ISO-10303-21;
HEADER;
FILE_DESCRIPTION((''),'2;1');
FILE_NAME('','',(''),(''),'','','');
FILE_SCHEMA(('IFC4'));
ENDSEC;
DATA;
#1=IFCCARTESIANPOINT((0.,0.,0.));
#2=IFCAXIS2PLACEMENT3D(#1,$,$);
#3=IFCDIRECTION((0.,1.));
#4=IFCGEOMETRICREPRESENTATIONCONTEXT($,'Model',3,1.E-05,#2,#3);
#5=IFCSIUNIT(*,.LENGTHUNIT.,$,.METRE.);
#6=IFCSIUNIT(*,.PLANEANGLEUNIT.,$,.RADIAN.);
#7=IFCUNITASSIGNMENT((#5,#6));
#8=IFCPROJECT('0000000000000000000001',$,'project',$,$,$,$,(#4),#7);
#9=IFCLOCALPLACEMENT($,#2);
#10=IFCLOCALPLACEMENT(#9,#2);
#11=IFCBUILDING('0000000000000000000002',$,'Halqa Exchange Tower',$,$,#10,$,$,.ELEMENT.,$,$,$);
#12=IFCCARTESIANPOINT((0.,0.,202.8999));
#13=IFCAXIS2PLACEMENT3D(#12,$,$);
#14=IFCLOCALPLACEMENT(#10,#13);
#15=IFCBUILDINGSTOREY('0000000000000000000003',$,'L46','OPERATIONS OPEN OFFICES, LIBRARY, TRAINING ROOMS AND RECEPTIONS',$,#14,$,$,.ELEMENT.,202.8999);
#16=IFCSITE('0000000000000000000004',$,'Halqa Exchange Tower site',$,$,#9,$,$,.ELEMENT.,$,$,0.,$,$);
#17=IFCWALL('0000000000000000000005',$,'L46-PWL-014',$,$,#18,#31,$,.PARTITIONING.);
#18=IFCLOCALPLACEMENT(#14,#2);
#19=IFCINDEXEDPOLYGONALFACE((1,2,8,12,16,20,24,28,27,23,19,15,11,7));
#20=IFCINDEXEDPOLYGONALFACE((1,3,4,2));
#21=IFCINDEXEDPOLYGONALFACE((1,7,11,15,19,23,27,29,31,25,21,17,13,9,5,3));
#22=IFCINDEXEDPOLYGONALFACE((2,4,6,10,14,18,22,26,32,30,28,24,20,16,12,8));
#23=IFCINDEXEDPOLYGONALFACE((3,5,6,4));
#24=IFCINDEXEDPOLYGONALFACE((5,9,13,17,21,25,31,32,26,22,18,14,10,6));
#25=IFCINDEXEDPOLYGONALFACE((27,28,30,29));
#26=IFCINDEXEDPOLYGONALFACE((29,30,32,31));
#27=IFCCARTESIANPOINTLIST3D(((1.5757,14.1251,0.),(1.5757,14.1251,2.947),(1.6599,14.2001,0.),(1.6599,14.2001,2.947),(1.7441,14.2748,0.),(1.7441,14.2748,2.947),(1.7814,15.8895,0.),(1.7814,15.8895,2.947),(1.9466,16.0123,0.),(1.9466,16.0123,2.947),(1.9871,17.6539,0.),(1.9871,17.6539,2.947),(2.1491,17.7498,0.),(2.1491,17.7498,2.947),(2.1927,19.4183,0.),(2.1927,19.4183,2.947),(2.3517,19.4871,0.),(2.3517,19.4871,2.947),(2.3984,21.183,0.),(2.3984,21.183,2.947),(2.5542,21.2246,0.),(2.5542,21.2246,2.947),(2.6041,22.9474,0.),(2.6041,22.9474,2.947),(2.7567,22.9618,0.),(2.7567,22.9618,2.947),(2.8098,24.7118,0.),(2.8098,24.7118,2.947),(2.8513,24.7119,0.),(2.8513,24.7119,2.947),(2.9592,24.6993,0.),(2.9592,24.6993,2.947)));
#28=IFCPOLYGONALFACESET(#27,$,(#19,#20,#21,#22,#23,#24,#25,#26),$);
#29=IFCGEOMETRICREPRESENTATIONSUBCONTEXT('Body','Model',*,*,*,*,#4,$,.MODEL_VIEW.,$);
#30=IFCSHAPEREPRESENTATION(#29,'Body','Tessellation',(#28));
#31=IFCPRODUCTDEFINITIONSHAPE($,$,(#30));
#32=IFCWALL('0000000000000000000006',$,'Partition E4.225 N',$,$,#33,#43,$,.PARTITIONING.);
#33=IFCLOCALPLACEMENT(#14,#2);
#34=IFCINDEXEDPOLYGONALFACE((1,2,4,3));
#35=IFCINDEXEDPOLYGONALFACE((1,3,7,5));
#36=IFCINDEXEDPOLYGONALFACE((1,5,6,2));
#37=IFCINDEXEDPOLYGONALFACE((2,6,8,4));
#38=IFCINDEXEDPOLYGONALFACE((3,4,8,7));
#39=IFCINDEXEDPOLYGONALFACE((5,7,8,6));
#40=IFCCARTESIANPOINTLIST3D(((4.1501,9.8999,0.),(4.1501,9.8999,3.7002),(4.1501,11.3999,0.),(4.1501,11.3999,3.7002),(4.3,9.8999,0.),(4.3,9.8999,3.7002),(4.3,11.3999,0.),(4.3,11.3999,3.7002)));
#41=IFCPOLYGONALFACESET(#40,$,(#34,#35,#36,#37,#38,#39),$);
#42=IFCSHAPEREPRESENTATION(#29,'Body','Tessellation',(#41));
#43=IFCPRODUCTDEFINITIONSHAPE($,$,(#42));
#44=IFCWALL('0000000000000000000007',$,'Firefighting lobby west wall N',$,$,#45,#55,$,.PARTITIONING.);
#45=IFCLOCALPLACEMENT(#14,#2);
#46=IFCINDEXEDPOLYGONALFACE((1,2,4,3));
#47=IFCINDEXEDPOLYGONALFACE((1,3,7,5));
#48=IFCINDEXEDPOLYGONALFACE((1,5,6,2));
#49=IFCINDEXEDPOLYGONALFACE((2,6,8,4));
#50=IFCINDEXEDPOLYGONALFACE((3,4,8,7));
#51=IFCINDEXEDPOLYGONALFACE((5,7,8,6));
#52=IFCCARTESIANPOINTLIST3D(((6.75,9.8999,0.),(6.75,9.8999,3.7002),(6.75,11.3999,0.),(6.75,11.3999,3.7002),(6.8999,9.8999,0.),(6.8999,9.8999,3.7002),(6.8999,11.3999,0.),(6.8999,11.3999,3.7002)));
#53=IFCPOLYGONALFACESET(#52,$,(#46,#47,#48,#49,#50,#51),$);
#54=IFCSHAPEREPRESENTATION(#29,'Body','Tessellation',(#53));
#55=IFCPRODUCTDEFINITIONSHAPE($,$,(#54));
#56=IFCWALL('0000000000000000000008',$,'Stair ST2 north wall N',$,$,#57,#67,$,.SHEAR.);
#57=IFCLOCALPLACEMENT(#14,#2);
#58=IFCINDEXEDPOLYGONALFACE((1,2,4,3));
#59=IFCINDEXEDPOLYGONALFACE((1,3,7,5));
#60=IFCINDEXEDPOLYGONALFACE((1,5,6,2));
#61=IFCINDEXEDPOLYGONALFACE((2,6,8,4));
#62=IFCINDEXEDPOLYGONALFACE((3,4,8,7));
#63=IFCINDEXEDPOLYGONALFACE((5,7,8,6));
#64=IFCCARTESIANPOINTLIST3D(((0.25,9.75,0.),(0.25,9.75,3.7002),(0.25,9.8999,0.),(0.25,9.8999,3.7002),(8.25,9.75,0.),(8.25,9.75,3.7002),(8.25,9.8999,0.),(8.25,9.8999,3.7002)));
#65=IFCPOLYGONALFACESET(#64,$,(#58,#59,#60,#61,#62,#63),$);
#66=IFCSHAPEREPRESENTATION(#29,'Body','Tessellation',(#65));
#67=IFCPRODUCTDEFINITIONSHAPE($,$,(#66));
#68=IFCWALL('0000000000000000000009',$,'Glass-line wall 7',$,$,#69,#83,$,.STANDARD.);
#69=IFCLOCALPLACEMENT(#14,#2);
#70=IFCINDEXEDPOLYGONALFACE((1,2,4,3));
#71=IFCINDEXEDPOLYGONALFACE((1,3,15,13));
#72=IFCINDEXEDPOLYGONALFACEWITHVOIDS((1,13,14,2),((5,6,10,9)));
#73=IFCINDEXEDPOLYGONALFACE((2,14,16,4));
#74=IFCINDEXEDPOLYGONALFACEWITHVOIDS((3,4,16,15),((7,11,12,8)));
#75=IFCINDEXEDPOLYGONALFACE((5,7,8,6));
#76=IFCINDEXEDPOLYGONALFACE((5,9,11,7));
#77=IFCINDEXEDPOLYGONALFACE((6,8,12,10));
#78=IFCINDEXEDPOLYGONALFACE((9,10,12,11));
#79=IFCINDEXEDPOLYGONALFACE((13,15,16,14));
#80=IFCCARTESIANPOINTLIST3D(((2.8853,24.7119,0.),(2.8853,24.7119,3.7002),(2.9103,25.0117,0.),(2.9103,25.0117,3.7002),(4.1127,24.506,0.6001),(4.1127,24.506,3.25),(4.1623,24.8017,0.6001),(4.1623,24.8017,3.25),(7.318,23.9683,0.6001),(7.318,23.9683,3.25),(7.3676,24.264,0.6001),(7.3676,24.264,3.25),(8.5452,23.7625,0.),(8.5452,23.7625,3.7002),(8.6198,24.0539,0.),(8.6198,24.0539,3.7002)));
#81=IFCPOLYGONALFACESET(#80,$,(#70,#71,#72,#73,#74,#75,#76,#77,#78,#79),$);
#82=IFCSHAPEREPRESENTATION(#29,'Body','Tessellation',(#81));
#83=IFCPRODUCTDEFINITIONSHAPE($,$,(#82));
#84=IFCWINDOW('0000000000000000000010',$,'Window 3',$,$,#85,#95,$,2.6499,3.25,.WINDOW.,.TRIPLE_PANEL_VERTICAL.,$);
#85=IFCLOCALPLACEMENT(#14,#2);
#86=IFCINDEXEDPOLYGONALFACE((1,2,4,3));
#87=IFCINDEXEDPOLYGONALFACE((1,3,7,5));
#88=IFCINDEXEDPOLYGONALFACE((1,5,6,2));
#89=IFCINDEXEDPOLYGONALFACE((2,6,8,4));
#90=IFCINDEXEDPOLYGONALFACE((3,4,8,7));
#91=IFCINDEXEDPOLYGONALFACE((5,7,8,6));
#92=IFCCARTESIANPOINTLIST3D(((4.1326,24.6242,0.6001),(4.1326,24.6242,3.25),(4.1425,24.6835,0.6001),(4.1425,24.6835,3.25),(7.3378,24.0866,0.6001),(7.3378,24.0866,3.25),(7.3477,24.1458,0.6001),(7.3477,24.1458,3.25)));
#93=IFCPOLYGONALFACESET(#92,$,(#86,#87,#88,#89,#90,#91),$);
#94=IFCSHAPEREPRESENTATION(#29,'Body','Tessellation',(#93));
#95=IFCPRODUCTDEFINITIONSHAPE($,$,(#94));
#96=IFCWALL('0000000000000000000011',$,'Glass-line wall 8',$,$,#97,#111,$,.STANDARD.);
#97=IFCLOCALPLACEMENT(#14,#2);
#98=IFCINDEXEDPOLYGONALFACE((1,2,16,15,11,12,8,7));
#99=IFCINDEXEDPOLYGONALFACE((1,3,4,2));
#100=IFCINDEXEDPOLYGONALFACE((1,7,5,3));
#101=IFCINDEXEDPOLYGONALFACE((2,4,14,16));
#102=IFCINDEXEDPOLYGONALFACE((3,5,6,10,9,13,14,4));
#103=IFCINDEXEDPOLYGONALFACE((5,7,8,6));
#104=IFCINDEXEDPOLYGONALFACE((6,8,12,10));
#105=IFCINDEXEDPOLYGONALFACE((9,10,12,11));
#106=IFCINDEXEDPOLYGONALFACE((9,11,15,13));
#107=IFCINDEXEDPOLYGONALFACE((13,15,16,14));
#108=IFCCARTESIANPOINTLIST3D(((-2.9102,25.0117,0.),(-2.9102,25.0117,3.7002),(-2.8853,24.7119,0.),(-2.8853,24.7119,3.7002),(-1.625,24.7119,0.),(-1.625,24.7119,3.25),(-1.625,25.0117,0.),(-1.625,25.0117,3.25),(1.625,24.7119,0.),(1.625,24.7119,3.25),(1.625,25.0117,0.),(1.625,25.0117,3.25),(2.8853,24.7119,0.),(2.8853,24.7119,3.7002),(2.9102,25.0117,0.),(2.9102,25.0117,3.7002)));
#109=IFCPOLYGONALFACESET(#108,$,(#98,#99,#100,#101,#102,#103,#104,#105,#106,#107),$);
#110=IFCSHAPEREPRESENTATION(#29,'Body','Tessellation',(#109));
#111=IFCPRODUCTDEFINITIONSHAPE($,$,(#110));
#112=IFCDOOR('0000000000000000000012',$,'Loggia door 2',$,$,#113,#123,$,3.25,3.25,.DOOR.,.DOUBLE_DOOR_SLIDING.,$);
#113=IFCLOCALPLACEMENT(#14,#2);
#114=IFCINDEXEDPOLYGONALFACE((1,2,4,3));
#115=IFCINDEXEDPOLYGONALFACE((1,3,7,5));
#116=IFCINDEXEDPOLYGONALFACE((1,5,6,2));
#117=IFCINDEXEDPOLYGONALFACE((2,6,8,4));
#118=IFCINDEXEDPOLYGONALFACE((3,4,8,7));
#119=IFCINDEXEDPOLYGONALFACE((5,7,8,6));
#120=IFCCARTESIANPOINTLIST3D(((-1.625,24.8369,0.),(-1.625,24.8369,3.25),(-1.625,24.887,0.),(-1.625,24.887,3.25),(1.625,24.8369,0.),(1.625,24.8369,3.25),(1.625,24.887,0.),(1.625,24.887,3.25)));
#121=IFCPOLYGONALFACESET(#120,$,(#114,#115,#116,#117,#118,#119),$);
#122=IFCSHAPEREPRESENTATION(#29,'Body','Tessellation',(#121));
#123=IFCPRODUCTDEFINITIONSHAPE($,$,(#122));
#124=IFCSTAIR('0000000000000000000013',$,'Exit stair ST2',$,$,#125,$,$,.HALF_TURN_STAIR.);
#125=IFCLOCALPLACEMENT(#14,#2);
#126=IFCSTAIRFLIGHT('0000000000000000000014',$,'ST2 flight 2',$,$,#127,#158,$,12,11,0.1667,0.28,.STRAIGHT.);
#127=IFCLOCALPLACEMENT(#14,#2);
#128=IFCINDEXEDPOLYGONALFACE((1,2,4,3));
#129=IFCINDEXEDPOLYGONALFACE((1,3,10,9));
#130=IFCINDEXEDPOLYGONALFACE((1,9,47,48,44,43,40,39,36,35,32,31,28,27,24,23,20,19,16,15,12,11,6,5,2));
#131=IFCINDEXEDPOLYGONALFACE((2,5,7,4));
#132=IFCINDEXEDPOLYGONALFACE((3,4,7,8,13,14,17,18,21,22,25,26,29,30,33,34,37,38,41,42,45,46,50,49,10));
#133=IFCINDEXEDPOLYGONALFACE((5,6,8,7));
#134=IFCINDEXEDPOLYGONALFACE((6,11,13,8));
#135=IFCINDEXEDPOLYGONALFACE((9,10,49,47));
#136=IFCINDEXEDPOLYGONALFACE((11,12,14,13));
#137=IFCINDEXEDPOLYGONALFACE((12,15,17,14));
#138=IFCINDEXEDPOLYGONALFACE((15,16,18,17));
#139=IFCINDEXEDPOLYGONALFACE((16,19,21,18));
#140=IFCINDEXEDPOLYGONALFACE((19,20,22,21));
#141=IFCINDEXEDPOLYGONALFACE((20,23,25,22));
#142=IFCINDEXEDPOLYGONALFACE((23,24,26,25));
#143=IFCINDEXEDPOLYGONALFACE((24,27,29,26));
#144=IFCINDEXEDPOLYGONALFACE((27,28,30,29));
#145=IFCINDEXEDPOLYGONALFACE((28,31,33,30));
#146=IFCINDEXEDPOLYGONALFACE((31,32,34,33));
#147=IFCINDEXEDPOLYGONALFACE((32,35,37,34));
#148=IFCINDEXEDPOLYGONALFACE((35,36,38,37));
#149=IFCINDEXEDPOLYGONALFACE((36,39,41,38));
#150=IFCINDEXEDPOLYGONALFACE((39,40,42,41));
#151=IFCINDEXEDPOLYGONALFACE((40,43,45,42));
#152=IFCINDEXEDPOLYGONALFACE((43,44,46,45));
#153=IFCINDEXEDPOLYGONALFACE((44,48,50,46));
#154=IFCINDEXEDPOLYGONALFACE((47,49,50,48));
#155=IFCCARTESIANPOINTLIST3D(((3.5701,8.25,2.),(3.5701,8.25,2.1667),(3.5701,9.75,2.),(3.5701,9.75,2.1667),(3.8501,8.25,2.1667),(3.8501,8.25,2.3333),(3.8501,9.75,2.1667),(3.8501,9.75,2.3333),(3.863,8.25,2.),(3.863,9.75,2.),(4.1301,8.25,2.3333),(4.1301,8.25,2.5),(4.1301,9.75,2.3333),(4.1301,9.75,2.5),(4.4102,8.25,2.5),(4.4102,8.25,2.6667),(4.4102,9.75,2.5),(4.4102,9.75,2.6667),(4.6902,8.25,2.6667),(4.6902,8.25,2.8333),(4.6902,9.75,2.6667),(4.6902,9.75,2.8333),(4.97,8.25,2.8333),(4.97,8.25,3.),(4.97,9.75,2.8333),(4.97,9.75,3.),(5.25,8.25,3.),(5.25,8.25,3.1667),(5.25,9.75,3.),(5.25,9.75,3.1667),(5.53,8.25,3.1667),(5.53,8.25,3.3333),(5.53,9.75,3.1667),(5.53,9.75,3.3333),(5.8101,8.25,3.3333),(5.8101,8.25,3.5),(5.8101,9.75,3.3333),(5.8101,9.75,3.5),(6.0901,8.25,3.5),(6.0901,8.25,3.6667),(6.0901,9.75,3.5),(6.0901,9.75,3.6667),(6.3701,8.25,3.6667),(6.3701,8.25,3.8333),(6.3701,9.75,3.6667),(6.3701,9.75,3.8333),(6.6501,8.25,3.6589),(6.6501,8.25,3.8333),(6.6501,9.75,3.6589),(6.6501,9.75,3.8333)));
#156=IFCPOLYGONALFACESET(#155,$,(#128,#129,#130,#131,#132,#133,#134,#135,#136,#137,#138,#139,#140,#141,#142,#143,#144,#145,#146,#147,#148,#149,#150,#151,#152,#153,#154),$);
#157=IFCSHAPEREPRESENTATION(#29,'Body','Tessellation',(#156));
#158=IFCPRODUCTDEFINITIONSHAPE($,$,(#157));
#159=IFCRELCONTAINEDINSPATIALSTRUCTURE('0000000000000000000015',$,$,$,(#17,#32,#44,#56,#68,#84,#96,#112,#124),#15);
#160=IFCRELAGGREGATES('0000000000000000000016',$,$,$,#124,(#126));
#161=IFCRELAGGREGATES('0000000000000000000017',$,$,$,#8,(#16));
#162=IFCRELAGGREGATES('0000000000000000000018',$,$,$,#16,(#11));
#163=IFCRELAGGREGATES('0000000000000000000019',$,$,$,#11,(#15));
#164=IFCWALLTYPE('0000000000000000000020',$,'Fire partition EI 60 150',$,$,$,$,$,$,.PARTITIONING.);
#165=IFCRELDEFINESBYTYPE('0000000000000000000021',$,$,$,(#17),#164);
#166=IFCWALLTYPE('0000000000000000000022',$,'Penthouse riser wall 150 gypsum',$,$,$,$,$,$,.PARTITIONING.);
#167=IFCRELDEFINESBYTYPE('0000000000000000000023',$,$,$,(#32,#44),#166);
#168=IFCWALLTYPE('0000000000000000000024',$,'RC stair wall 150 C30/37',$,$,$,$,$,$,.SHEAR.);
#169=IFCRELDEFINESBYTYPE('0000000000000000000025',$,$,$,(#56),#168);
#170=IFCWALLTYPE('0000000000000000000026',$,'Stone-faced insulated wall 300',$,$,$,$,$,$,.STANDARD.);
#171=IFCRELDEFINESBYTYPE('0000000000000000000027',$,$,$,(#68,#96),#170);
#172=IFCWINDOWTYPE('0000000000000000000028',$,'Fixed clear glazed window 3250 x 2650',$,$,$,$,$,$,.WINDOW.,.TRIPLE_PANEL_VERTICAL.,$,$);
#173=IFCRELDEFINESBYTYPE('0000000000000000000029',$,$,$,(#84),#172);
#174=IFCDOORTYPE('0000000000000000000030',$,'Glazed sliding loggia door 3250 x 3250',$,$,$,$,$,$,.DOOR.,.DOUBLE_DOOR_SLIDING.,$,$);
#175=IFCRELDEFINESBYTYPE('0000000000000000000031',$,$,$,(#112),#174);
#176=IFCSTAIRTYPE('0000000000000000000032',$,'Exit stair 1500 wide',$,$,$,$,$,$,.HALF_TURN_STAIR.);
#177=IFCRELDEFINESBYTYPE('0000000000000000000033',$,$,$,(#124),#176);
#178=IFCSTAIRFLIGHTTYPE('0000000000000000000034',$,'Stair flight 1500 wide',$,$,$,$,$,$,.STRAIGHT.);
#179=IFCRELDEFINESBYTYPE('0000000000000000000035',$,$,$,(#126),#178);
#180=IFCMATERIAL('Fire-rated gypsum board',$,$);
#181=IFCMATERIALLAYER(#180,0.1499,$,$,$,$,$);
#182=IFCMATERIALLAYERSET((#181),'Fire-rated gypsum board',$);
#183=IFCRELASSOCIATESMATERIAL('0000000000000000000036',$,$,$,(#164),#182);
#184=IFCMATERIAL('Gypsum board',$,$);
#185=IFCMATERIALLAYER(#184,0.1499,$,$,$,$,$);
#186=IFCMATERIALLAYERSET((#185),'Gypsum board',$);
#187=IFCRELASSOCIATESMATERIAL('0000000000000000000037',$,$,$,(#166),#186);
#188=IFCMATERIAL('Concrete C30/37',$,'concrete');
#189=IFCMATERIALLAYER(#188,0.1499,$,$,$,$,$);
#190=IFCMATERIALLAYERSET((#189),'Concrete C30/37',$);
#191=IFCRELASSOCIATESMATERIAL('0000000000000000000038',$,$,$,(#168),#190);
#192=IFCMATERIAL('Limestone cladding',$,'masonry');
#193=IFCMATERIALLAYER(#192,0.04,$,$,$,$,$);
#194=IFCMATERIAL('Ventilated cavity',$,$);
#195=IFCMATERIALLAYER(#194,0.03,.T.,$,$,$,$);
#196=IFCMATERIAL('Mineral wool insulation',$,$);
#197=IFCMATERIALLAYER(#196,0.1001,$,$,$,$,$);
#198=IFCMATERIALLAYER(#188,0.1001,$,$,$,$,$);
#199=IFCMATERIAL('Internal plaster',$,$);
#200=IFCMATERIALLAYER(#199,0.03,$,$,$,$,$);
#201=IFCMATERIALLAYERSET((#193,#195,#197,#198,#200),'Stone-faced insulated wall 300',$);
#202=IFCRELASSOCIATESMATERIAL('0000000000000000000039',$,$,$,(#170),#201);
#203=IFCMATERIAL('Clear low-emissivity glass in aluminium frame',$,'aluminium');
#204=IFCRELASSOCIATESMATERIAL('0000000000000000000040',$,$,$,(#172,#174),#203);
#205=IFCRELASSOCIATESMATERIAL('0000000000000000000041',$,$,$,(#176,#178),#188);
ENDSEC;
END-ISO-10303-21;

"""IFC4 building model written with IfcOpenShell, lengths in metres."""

from ifc_helpers import new_model, si_unit, direction, frame, frame_2d, origin, place, context, subcontext, project, spatial, polyline, rectangle, outline, extrude, material, layer, layer_set, type_object, element, fill, aggregate, save


model = new_model("IFC4")

# Units and contexts
model_context = context("Model", 3, precision=1e-05, world=origin(), true_north=direction((0.0, 1.0)))
body_context = subcontext(model_context, "Body", "Model", "MODEL_VIEW")
ifc_project = project(units=[si_unit("LENGTHUNIT", "METRE"), si_unit("PLANEANGLEUNIT", "RADIAN")], contexts=[model_context])

# Site, building, storey
site_placement = place(None, origin())
site = spatial("IfcSite", under=ifc_project, at=site_placement, Name="Halqa Exchange Tower site", CompositionType="ELEMENT", RefElevation=0.0)
building_placement = place(site_placement, origin())
building = spatial("IfcBuilding", under=site, at=building_placement, Name="Halqa Exchange Tower", CompositionType="ELEMENT")
storey_placement = place(building_placement, frame((0.0, 0.0, 202.8999)))
storey = spatial("IfcBuildingStorey", under=building, at=storey_placement, Name="L46", Description="OPERATIONS OPEN OFFICES, LIBRARY, TRAINING ROOMS AND RECEPTIONS", CompositionType="ELEMENT", Elevation=202.8999)

# Shared definitions
ifc_material_1 = material(Name="Fire-rated gypsum board")
ifc_layer_1 = layer(ifc_material_1, 0.1499)
ifc_layer_set_1 = layer_set([ifc_layer_1], Name="Fire-rated gypsum board")
wall_type_1 = type_object("IfcWallType", Name="Fire partition EI 60 150", PredefinedType="PARTITIONING", material=ifc_layer_set_1)

# Walls
wall_1_placement = place(storey_placement, frame((2.8848, 24.708, 0.0), z_axis=(0.0, 0.0, 1.0), x_axis=(-0.11578, -0.993275, 0.0)))
element("IfcWall", 1, at=wall_1_placement, inside=storey, type_object=wall_type_1, Name="L46-PWL-014", PredefinedType="PARTITIONING", context=body_context, shape_type="SweptSolid", body=[
    extrude(outline(polyline([(0.0049, -0.075), (1.7812, -0.075), (3.5576, -0.075), (5.3342, -0.075), (7.1106, -0.075), (8.887, -0.075), (10.6633, -0.075), (10.5791, 0.0), (10.4951, 0.075), (8.7458, 0.075), (6.9966, 0.075), (5.2476, 0.075), (3.4983, 0.075), (1.7493, 0.075), (0.0, 0.075), (0.0, -0.0337), (0.0049, -0.075)])), origin(), (0.0, 0.0, 1.0), 2.947),
])
ifc_material_2 = material(Name="Gypsum board")
ifc_layer_2 = layer(ifc_material_2, 0.1499)
ifc_layer_set_2 = layer_set([ifc_layer_2], Name="Gypsum board")
wall_type_2 = type_object("IfcWallType", Name="Penthouse riser wall 150 gypsum", PredefinedType="PARTITIONING", material=ifc_layer_set_2)
for number, where, z_axis, x_axis, name in (
    (2, (4.2251, 9.8999, 0.0), (0.0, 0.0, 1.0), (0.0, 1.0, 0.0), "Partition E4.225 N"),
    (3, (6.825, 9.8999, 0.0), (0.0, 0.0, 1.0), (0.0, 1.0, 0.0), "Firefighting lobby west wall N"),
):
    element("IfcWall", number, at=place(storey_placement, frame(where, z_axis=z_axis, x_axis=x_axis)), inside=storey, type_object=wall_type_2, Name=name, PredefinedType="PARTITIONING", context=body_context, shape_type="SweptSolid", body=[
        extrude(rectangle(XDim=1.5, YDim=0.1499, at=frame_2d((0.75, 0.0))), origin(), (0.0, 0.0, 1.0), 3.7002),
    ])
ifc_material_3 = material(Name="Concrete C30/37", Category="concrete")
ifc_layer_3 = layer(ifc_material_3, 0.1499)
ifc_layer_set_3 = layer_set([ifc_layer_3], Name="Concrete C30/37")
wall_type_3 = type_object("IfcWallType", Name="RC stair wall 150 C30/37", PredefinedType="SHEAR", material=ifc_layer_set_3)
wall_2_placement = place(storey_placement, frame((0.25, 9.825, 0.0), z_axis=(0.0, 0.0, 1.0), x_axis=(1.0, 0.0, 0.0)))
element("IfcWall", 4, at=wall_2_placement, inside=storey, type_object=wall_type_3, Name="Stair ST2 north wall N", PredefinedType="SHEAR", context=body_context, shape_type="SweptSolid", body=[
    extrude(rectangle(XDim=8.0, YDim=0.1499, at=frame_2d((4.0, 0.0))), origin(), (0.0, 0.0, 1.0), 3.7002),
])

# Wall, opening, window
ifc_material_4 = material(Name="Limestone cladding", Category="masonry")
ifc_layer_4 = layer(ifc_material_4, 0.04)
ifc_material_5 = material(Name="Ventilated cavity")
ifc_layer_5 = layer(ifc_material_5, 0.03, ventilated=True)
ifc_material_6 = material(Name="Mineral wool insulation")
ifc_layer_6 = layer(ifc_material_6, 0.1001)
ifc_layer_7 = layer(ifc_material_3, 0.1001)
ifc_material_7 = material(Name="Internal plaster")
ifc_layer_8 = layer(ifc_material_7, 0.03)
ifc_layer_set_4 = layer_set([ifc_layer_4, ifc_layer_5, ifc_layer_6, ifc_layer_7, ifc_layer_8], Name="Stone-faced insulated wall 300")
wall_type_4 = type_object("IfcWallType", Name="Stone-faced insulated wall 300", PredefinedType="STANDARD", material=ifc_layer_set_4)
wall_3_placement = place(storey_placement, frame((8.5825, 23.9082, 0.0), z_axis=(0.0, 0.0, 1.0), x_axis=(-0.986221, 0.165436, 0.0)))
wall_3 = element("IfcWall", 5, at=wall_3_placement, inside=storey, type_object=wall_type_4, Name="Glass-line wall 7", PredefinedType="STANDARD", context=body_context, shape_type="SweptSolid", body=[
    extrude(outline(polyline([(-0.0127, -0.1499), (5.7766, -0.1499), (5.7517, 0.1499), (0.0127, 0.1499), (-0.0127, -0.1499)])), origin(), (0.0, 0.0, 1.0), 3.7002),
])
opening_1_placement = place(wall_3_placement, frame((1.2571, 0.0, 0.6001)))
opening_1 = element("IfcOpeningElement", 6, at=opening_1_placement, cuts=wall_3, PredefinedType="OPENING", context=body_context, shape_type="SweptSolid", body=[
    extrude(rectangle(XDim=3.25, YDim=2.6499, at=frame_2d((1.625, 1.325))), frame((0.0, 0.1621, 0.0), z_axis=(0.0, -1.0, 0.0), x_axis=(1.0, 0.0, 0.0)), (0.0, 0.0, 1.0), 0.324),
])
ifc_material_8 = material(Name="Clear low-emissivity glass in aluminium frame", Category="aluminium")
window_type = type_object("IfcWindowType", Name="Fixed clear glazed window 3250 x 2650", PartitioningType="TRIPLE_PANEL_VERTICAL", PredefinedType="WINDOW", material=ifc_material_8)
window_placement = place(opening_1_placement, origin())
window = element("IfcWindow", 7, at=window_placement, inside=storey, type_object=window_type, Name="Window 3", OverallHeight=2.6499, OverallWidth=3.25, PartitioningType="TRIPLE_PANEL_VERTICAL", PredefinedType="WINDOW", context=body_context, shape_type="SweptSolid", body=[
    extrude(rectangle(XDim=3.25, YDim=2.6499, at=frame_2d((1.625, 1.325))), frame((0.0, 0.03, 0.0), z_axis=(0.0, -1.0, 0.0), x_axis=(1.0, 0.0, 0.0)), (0.0, 0.0, 1.0), 0.0601),
])
fill(opening_1, window)

# Wall, opening, door
wall_4_placement = place(storey_placement, frame((2.8977, 24.8618, 0.0), z_axis=(0.0, 0.0, 1.0), x_axis=(-1.0, 0.0, 0.0)))
wall_4 = element("IfcWall", 8, at=wall_4_placement, inside=storey, type_object=wall_type_4, Name="Glass-line wall 8", PredefinedType="STANDARD", context=body_context, shape_type="SweptSolid", body=[
    extrude(outline(polyline([(-0.0125, -0.1499), (5.8079, -0.1499), (5.783, 0.1499), (0.0125, 0.1499), (-0.0125, -0.1499)])), origin(), (0.0, 0.0, 1.0), 3.7002),
])
opening_2_placement = place(wall_4_placement, frame((1.2727, 0.0, 0.0)))
opening_2 = element("IfcOpeningElement", 9, at=opening_2_placement, cuts=wall_4, PredefinedType="OPENING", context=body_context, shape_type="SweptSolid", body=[
    extrude(rectangle(XDim=3.25, YDim=3.25, at=frame_2d((1.625, 1.625))), frame((0.0, 0.1621, 0.0), z_axis=(0.0, -1.0, 0.0), x_axis=(1.0, 0.0, 0.0)), (0.0, 0.0, 1.0), 0.324),
])
door_type_1 = type_object("IfcDoorType", Name="Glazed sliding loggia door 3250 x 3250", OperationType="DOUBLE_DOOR_SLIDING", PredefinedType="DOOR", material=ifc_material_8)
door_1_placement = place(opening_2_placement, origin())
door_1 = element("IfcDoor", 10, at=door_1_placement, inside=storey, type_object=door_type_1, Name="Loggia door 2", OperationType="DOUBLE_DOOR_SLIDING", OverallHeight=3.25, OverallWidth=3.25, PredefinedType="DOOR", context=body_context, shape_type="SweptSolid", body=[
    extrude(rectangle(XDim=3.25, YDim=3.25, at=frame_2d((1.625, 1.625))), frame((0.0, 0.0249, 0.0), z_axis=(0.0, -1.0, 0.0), x_axis=(1.0, 0.0, 0.0)), (0.0, 0.0, 1.0), 0.05),
])
fill(opening_2, door_1)

# Stair, stair flight
stair_type = type_object("IfcStairType", Name="Exit stair 1500 wide", PredefinedType="HALF_TURN_STAIR", material=ifc_material_3)
stair_placement = place(storey_placement, origin())
stair = element("IfcStair", 11, at=stair_placement, inside=storey, type_object=stair_type, Name="Exit stair ST2", PredefinedType="HALF_TURN_STAIR")
stair_flight_type = type_object("IfcStairFlightType", Name="Stair flight 1500 wide", PredefinedType="STRAIGHT", material=ifc_material_3)
stair_flight_placement = place(storey_placement, frame((3.5701, 9.0, 2.0), z_axis=(0.0, 0.0, 1.0), x_axis=(1.0, 0.0, 0.0)))
stair_flight = element("IfcStairFlight", 12, at=stair_flight_placement, type_object=stair_flight_type, Name="ST2 flight 2", NumberOfRisers=12, NumberOfTreads=11, PredefinedType="STRAIGHT", RiserHeight=0.1667, TreadLength=0.28, context=body_context, shape_type="SweptSolid", body=[
    extrude(outline(polyline([(0.0, 0.0), (0.0, 0.1667), (0.28, 0.1667), (0.28, 0.3333), (0.5601, 0.3333), (0.5601, 0.5), (0.8401, 0.5), (0.8401, 0.6667), (1.1201, 0.6667), (1.1201, 0.8333), (1.3999, 0.8333), (1.3999, 1.0), (1.6799, 1.0), (1.6799, 1.1667), (1.96, 1.1667), (1.96, 1.3333), (2.24, 1.3333), (2.24, 1.5), (2.52, 1.5), (2.52, 1.6667), (2.8, 1.6667), (2.8, 1.8333), (3.0801, 1.8333), (3.0801, 2.0), (3.0801, 1.6589), (0.293, 0.0), (0.0, 0.0)])), frame((0.0, 0.75, 0.0), z_axis=(0.0, -1.0, 0.0), x_axis=(1.0, 0.0, 0.0)), (0.0, 0.0, 1.0), 1.5),
])
aggregate(stair, [stair_flight])

save(model, "model.ifc")
